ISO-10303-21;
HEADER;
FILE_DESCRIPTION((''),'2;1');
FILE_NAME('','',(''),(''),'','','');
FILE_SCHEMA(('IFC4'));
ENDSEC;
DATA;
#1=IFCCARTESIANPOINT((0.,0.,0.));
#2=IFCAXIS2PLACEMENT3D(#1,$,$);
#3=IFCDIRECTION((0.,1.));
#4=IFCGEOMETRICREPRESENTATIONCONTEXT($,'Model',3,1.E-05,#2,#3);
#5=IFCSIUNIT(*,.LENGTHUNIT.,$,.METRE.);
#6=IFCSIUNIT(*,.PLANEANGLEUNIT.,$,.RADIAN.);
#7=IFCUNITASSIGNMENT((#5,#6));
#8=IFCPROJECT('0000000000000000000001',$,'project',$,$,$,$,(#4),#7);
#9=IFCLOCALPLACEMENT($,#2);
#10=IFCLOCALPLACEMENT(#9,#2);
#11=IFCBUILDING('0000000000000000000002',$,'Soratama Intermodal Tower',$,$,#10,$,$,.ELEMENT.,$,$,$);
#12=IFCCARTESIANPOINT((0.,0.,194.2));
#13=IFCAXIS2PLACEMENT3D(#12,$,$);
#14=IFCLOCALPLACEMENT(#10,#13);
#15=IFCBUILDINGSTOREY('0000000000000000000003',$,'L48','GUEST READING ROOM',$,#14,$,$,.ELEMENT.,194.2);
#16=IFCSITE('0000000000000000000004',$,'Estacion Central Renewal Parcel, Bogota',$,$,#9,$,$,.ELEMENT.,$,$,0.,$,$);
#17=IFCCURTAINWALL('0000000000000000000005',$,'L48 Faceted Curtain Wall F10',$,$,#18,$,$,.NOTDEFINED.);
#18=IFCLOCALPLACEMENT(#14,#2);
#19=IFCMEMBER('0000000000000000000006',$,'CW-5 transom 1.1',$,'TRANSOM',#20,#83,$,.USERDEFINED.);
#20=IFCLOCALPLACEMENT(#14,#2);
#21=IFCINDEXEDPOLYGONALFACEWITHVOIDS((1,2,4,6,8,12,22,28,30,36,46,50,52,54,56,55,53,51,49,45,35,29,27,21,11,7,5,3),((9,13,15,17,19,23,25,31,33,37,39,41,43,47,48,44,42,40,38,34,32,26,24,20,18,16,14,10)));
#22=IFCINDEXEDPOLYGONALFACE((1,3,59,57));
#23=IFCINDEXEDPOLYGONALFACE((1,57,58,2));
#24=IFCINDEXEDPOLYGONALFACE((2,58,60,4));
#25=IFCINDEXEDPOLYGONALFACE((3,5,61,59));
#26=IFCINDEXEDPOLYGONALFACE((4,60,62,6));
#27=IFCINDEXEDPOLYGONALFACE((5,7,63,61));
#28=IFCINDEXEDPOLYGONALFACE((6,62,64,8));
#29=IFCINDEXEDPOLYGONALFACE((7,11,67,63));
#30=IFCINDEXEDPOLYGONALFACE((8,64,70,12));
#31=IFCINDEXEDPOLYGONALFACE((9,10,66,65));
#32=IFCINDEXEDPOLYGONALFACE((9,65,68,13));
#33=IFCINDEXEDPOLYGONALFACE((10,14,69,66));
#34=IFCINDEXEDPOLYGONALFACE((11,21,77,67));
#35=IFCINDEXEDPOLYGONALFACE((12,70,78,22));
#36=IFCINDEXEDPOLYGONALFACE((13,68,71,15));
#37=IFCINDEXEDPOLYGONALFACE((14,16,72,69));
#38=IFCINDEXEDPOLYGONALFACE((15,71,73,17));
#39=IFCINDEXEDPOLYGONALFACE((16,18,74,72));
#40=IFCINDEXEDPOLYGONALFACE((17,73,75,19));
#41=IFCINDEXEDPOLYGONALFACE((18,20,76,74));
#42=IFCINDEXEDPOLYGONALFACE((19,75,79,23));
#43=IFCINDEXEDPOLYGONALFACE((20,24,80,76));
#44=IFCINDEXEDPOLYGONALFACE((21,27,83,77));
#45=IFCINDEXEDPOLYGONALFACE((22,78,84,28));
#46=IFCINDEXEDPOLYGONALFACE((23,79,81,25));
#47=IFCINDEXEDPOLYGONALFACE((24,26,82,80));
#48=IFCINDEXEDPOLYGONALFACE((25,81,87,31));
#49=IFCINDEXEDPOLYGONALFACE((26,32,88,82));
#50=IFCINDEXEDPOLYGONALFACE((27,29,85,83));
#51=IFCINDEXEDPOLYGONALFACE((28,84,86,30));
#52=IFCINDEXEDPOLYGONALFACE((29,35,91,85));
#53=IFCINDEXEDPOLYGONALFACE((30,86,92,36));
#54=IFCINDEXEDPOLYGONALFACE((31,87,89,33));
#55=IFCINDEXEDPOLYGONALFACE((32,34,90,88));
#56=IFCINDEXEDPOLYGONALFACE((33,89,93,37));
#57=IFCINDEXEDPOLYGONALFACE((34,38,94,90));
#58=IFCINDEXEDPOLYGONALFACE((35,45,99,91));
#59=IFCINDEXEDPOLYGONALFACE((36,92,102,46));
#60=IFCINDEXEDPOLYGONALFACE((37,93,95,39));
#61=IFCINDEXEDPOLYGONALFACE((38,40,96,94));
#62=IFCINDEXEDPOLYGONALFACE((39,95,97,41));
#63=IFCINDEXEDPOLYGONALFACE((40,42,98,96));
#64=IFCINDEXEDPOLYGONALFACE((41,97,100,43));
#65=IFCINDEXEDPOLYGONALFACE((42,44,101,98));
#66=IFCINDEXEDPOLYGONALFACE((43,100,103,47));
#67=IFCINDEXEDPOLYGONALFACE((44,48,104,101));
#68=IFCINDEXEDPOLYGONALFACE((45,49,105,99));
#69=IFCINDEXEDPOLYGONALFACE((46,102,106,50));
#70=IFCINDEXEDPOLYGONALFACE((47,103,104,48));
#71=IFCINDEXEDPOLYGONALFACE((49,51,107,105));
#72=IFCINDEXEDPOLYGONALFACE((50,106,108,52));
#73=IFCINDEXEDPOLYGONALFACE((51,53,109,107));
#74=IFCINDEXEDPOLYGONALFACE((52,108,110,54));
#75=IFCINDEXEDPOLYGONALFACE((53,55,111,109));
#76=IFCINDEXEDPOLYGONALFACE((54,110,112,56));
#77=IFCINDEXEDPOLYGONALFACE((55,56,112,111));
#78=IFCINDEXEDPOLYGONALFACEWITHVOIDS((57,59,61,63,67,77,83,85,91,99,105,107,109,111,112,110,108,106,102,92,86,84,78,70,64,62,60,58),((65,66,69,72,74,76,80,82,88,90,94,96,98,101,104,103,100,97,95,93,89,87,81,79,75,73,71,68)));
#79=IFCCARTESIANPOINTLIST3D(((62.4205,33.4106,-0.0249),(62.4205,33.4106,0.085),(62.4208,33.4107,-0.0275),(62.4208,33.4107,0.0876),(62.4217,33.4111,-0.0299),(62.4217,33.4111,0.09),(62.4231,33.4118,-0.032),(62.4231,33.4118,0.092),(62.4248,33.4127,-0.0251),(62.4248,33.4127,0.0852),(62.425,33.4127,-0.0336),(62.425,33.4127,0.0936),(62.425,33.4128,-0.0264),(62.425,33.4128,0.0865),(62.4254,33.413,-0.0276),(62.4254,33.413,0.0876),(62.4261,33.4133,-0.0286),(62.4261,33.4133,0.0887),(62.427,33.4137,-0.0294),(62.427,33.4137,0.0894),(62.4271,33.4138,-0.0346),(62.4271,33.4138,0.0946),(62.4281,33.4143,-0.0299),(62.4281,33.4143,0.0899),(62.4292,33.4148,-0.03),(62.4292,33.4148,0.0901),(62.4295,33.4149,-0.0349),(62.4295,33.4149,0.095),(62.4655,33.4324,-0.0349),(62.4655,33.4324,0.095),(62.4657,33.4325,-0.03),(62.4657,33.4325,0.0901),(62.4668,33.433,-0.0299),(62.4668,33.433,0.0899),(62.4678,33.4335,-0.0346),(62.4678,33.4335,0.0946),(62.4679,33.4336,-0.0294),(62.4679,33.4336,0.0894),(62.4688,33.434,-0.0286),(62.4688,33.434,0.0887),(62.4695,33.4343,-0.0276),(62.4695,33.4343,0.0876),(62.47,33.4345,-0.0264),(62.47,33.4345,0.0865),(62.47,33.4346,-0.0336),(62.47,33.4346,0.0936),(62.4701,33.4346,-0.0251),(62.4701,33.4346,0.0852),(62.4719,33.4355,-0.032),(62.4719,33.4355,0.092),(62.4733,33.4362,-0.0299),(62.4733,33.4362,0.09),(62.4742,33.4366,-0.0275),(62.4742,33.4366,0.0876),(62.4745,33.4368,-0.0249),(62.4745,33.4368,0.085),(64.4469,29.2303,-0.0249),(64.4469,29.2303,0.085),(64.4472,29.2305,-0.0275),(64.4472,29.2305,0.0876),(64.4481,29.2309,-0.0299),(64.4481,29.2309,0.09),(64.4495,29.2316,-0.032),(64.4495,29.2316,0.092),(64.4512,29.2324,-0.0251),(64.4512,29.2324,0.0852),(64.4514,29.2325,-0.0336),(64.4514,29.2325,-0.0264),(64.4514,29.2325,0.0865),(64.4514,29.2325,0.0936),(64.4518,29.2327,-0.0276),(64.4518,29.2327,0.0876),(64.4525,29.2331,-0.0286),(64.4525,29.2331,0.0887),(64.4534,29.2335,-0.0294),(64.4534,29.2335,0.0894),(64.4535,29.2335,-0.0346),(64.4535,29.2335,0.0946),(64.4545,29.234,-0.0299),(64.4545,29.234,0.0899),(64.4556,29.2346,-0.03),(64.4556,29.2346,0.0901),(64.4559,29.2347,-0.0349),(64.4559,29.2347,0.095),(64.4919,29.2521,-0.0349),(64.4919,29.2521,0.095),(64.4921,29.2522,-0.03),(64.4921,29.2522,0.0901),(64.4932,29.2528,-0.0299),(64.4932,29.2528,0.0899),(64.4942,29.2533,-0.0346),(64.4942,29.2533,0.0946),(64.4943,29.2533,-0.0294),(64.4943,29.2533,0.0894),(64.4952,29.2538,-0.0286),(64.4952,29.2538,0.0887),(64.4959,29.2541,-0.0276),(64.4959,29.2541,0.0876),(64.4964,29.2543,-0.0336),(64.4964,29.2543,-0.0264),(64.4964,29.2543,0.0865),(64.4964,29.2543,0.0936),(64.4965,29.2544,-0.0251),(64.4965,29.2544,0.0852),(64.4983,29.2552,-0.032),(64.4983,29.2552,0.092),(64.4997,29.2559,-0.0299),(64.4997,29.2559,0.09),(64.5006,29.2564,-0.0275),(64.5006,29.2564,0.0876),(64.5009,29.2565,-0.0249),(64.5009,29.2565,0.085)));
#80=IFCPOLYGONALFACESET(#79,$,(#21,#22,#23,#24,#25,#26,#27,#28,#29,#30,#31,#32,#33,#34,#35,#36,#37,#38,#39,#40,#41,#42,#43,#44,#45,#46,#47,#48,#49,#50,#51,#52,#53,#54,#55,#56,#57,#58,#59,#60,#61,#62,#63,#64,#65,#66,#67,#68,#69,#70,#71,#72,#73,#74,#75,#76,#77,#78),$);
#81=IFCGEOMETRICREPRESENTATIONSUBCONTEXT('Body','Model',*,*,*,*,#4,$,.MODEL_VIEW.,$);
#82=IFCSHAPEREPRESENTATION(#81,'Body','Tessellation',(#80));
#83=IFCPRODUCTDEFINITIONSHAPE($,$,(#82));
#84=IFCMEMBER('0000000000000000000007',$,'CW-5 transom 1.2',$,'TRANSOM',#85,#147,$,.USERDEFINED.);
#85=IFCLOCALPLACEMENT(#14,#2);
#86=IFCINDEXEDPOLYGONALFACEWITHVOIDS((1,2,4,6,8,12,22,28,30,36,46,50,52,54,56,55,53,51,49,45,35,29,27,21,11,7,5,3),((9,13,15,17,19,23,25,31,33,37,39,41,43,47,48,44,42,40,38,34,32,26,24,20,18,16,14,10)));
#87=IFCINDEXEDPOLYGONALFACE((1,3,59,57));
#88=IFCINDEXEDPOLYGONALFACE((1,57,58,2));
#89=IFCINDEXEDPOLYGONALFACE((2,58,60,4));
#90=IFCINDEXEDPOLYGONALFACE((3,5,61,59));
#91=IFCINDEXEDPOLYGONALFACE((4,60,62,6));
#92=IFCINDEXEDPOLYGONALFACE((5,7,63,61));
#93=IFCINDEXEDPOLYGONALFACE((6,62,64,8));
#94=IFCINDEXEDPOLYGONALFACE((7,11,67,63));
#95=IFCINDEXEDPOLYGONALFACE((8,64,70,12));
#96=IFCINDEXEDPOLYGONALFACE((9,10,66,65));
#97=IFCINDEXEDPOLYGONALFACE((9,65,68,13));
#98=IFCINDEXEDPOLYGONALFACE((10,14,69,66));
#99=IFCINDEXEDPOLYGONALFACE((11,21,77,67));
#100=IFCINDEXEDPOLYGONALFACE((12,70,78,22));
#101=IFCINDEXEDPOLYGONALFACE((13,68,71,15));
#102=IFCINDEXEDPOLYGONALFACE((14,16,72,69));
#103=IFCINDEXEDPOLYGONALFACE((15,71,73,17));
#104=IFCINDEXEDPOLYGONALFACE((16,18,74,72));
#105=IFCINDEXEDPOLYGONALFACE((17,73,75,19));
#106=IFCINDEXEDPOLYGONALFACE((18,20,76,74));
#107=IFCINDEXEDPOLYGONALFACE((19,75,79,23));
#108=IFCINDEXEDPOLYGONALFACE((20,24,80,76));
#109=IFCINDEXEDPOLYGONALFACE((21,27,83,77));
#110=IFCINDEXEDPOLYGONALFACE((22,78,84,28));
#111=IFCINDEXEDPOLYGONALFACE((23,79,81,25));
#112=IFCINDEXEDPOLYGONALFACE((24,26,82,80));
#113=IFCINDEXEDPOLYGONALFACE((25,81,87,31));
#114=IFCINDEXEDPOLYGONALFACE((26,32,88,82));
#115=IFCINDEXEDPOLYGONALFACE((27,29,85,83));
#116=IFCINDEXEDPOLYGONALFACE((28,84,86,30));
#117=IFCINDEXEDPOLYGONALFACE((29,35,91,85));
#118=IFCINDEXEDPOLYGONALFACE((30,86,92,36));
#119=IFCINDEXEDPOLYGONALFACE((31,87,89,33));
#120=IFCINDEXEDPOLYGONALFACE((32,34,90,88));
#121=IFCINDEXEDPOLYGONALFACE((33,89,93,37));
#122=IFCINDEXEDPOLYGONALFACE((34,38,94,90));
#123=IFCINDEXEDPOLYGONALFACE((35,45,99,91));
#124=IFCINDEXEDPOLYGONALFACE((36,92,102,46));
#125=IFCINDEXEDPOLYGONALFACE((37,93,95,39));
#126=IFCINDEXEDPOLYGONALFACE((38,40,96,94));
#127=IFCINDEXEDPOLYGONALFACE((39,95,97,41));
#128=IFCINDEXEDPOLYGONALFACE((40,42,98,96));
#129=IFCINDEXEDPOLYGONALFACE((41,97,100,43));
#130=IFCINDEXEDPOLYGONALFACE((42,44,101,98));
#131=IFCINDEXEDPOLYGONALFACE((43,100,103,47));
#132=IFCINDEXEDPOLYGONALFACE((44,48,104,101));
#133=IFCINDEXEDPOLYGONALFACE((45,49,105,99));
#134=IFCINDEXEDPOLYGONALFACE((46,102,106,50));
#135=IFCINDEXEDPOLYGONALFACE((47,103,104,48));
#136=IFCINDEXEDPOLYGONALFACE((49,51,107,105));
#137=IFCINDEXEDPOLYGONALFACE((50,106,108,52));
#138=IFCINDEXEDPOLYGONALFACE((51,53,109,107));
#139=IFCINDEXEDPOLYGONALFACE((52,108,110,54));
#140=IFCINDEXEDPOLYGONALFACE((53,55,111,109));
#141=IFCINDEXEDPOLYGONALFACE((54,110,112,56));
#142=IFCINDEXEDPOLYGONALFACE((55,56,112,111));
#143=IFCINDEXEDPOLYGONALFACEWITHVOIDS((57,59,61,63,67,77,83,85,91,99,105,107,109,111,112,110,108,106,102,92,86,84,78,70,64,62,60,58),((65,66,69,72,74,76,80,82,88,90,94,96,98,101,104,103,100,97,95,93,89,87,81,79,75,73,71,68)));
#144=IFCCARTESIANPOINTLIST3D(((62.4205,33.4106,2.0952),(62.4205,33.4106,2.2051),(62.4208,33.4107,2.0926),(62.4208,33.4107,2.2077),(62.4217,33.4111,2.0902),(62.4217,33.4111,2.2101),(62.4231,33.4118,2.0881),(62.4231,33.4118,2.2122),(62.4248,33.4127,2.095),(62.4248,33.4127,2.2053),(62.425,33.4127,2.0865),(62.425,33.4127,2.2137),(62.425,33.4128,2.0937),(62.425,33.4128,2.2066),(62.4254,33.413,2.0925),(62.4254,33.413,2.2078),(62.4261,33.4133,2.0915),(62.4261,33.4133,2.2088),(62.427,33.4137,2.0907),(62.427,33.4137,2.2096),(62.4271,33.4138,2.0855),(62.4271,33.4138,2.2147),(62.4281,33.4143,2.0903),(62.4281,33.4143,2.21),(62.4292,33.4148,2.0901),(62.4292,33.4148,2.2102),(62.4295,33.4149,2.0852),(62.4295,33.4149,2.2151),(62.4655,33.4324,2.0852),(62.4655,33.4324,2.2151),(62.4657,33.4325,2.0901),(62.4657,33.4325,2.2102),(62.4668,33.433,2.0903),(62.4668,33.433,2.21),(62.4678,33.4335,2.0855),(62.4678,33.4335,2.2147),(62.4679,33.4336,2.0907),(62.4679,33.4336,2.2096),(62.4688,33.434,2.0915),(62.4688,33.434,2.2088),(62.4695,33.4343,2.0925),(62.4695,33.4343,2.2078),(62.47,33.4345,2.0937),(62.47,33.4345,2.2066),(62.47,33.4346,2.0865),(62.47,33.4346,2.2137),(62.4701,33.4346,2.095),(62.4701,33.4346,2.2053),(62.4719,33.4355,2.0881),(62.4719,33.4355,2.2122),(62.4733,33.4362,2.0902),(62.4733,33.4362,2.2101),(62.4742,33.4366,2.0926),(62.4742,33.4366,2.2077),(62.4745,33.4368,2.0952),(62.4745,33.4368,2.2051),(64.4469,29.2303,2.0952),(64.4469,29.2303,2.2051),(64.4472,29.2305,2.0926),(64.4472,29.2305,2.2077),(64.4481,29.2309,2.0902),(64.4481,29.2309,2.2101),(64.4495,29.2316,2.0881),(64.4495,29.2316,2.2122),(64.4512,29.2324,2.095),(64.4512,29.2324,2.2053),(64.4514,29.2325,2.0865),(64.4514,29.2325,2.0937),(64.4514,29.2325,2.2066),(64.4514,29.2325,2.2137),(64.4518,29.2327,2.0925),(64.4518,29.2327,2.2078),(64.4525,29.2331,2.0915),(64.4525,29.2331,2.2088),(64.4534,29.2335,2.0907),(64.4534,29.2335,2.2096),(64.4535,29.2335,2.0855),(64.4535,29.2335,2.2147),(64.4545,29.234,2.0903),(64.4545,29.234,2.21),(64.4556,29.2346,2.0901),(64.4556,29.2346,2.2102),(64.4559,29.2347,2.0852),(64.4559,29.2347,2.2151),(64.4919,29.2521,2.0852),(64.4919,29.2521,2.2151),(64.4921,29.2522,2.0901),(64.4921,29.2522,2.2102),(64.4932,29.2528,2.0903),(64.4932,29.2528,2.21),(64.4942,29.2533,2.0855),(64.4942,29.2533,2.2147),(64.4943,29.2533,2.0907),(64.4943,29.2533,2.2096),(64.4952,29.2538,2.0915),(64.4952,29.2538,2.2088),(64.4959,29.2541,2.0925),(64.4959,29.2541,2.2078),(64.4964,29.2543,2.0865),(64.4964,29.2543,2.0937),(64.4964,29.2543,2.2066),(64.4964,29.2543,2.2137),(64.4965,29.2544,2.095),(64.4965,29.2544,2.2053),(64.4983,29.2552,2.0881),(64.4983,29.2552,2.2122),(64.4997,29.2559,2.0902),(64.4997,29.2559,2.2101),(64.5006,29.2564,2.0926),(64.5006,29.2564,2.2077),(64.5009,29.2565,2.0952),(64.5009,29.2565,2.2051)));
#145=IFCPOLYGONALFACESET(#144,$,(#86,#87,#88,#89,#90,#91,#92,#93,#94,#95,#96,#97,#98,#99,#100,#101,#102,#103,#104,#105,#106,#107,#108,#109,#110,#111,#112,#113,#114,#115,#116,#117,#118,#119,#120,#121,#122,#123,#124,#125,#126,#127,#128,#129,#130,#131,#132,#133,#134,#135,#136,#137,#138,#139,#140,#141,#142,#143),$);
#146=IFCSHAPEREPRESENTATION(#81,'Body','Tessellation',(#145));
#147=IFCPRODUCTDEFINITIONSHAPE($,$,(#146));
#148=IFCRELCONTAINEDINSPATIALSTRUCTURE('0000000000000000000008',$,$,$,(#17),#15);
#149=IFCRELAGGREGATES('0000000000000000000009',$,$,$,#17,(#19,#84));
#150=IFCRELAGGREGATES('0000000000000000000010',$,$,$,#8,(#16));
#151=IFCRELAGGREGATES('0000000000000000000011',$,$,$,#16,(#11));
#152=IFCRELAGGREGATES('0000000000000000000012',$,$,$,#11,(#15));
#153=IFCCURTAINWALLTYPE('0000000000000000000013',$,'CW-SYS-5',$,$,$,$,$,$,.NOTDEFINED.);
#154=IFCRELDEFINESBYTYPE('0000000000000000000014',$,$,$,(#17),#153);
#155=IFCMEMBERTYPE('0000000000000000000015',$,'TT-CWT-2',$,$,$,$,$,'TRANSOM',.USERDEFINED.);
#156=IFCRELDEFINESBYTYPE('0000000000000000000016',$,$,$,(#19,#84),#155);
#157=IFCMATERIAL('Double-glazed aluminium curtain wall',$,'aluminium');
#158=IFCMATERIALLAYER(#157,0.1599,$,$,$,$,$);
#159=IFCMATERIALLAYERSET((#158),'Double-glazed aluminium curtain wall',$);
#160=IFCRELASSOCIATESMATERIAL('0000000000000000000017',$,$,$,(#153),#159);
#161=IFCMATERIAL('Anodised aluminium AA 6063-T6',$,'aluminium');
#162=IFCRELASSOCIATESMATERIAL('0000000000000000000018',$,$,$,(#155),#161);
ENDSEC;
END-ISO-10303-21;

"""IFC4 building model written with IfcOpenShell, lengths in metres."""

from ifc_helpers import new_model, si_unit, direction, frame, origin, origin_2d, place, context, subcontext, project, spatial, hollow_rectangle, extrude, material, layer, layer_set, material_profile, profile_set, type_object, element, aggregate, save


model = new_model("IFC4")

# Units and contexts
model_context = context("Model", 3, precision=1e-05, world=origin(), true_north=direction((0.0, 1.0)))
body_context = subcontext(model_context, "Body", "Model", "MODEL_VIEW")
ifc_project = project(units=[si_unit("LENGTHUNIT", "METRE"), si_unit("PLANEANGLEUNIT", "RADIAN")], contexts=[model_context])

# Site, building, storey
site_placement = place(None, origin())
site = spatial("IfcSite", under=ifc_project, at=site_placement, Name="Estacion Central Renewal Parcel, Bogota", CompositionType="ELEMENT", RefElevation=0.0)
building_placement = place(site_placement, origin())
building = spatial("IfcBuilding", under=site, at=building_placement, Name="Soratama Intermodal Tower", CompositionType="ELEMENT")
storey_placement = place(building_placement, frame((0.0, 0.0, 194.2)))
storey = spatial("IfcBuildingStorey", under=building, at=storey_placement, Name="L48", Description="GUEST READING ROOM", CompositionType="ELEMENT", Elevation=194.2)

# Curtain wall, members
ifc_material_1 = material(Name="Double-glazed aluminium curtain wall", Category="aluminium")
ifc_layer_1 = layer(ifc_material_1, 0.1599)
ifc_layer_set_1 = layer_set([ifc_layer_1], Name="Double-glazed aluminium curtain wall")
curtain_wall_type = type_object("IfcCurtainWallType", Name="CW-SYS-5", PredefinedType="NOTDEFINED", material=ifc_layer_set_1)
curtain_wall_placement = place(storey_placement, origin())
curtain_wall = element("IfcCurtainWall", 1, at=curtain_wall_placement, inside=storey, type_object=curtain_wall_type, Name="L48 Faceted Curtain Wall F10", PredefinedType="NOTDEFINED")
ifc_material_2 = material(Name="Anodised aluminium AA 6063-T6", Category="aluminium")
ifc_material_profile_1 = material_profile(ifc_material_2, hollow_rectangle(XDim=0.0601, YDim=0.1299, WallThickness=0.0049, InnerFilletRadius=0.0049, OuterFilletRadius=0.01, at=origin_2d()), Name="CWT130X60X5")
ifc_profile_set_1 = profile_set([ifc_material_profile_1], Name="Anodised aluminium AA 6063-T6")
member_type_1 = type_object("IfcMemberType", Name="TT-CWT-2", ElementType="TRANSOM", PredefinedType="USERDEFINED", material=ifc_profile_set_1)
member_1_placement = place(storey_placement, frame((64.4739, 29.2434, 0.03), z_axis=(-0.436206, 0.899847, 0.0), x_axis=(-0.899847, -0.436206, 0.0)))
member_1 = element("IfcMember", 2, at=member_1_placement, type_object=member_type_1, Name="CW-5 transom 1.1", ObjectType="TRANSOM", PredefinedType="USERDEFINED", context=body_context, shape_type="SweptSolid", body=[
    extrude(hollow_rectangle(XDim=0.0601, YDim=0.1299, WallThickness=0.0049, InnerFilletRadius=0.0049, OuterFilletRadius=0.01, at=origin_2d()), origin(), (0.0, 0.0, 1.0), 4.6455),
])
member_2_placement = place(storey_placement, frame((64.4739, 29.2434, 2.1501), z_axis=(-0.436206, 0.899847, 0.0), x_axis=(-0.899847, -0.436206, 0.0)))
member_2 = element("IfcMember", 3, at=member_2_placement, type_object=member_type_1, Name="CW-5 transom 1.2", ObjectType="TRANSOM", PredefinedType="USERDEFINED", context=body_context, shape_type="SweptSolid", body=[
    extrude(hollow_rectangle(XDim=0.0601, YDim=0.1299, WallThickness=0.0049, InnerFilletRadius=0.0049, OuterFilletRadius=0.01, at=origin_2d()), origin(), (0.0, 0.0, 1.0), 4.6455),
])
aggregate(curtain_wall, [member_1, member_2])

save(model, "model.ifc")
